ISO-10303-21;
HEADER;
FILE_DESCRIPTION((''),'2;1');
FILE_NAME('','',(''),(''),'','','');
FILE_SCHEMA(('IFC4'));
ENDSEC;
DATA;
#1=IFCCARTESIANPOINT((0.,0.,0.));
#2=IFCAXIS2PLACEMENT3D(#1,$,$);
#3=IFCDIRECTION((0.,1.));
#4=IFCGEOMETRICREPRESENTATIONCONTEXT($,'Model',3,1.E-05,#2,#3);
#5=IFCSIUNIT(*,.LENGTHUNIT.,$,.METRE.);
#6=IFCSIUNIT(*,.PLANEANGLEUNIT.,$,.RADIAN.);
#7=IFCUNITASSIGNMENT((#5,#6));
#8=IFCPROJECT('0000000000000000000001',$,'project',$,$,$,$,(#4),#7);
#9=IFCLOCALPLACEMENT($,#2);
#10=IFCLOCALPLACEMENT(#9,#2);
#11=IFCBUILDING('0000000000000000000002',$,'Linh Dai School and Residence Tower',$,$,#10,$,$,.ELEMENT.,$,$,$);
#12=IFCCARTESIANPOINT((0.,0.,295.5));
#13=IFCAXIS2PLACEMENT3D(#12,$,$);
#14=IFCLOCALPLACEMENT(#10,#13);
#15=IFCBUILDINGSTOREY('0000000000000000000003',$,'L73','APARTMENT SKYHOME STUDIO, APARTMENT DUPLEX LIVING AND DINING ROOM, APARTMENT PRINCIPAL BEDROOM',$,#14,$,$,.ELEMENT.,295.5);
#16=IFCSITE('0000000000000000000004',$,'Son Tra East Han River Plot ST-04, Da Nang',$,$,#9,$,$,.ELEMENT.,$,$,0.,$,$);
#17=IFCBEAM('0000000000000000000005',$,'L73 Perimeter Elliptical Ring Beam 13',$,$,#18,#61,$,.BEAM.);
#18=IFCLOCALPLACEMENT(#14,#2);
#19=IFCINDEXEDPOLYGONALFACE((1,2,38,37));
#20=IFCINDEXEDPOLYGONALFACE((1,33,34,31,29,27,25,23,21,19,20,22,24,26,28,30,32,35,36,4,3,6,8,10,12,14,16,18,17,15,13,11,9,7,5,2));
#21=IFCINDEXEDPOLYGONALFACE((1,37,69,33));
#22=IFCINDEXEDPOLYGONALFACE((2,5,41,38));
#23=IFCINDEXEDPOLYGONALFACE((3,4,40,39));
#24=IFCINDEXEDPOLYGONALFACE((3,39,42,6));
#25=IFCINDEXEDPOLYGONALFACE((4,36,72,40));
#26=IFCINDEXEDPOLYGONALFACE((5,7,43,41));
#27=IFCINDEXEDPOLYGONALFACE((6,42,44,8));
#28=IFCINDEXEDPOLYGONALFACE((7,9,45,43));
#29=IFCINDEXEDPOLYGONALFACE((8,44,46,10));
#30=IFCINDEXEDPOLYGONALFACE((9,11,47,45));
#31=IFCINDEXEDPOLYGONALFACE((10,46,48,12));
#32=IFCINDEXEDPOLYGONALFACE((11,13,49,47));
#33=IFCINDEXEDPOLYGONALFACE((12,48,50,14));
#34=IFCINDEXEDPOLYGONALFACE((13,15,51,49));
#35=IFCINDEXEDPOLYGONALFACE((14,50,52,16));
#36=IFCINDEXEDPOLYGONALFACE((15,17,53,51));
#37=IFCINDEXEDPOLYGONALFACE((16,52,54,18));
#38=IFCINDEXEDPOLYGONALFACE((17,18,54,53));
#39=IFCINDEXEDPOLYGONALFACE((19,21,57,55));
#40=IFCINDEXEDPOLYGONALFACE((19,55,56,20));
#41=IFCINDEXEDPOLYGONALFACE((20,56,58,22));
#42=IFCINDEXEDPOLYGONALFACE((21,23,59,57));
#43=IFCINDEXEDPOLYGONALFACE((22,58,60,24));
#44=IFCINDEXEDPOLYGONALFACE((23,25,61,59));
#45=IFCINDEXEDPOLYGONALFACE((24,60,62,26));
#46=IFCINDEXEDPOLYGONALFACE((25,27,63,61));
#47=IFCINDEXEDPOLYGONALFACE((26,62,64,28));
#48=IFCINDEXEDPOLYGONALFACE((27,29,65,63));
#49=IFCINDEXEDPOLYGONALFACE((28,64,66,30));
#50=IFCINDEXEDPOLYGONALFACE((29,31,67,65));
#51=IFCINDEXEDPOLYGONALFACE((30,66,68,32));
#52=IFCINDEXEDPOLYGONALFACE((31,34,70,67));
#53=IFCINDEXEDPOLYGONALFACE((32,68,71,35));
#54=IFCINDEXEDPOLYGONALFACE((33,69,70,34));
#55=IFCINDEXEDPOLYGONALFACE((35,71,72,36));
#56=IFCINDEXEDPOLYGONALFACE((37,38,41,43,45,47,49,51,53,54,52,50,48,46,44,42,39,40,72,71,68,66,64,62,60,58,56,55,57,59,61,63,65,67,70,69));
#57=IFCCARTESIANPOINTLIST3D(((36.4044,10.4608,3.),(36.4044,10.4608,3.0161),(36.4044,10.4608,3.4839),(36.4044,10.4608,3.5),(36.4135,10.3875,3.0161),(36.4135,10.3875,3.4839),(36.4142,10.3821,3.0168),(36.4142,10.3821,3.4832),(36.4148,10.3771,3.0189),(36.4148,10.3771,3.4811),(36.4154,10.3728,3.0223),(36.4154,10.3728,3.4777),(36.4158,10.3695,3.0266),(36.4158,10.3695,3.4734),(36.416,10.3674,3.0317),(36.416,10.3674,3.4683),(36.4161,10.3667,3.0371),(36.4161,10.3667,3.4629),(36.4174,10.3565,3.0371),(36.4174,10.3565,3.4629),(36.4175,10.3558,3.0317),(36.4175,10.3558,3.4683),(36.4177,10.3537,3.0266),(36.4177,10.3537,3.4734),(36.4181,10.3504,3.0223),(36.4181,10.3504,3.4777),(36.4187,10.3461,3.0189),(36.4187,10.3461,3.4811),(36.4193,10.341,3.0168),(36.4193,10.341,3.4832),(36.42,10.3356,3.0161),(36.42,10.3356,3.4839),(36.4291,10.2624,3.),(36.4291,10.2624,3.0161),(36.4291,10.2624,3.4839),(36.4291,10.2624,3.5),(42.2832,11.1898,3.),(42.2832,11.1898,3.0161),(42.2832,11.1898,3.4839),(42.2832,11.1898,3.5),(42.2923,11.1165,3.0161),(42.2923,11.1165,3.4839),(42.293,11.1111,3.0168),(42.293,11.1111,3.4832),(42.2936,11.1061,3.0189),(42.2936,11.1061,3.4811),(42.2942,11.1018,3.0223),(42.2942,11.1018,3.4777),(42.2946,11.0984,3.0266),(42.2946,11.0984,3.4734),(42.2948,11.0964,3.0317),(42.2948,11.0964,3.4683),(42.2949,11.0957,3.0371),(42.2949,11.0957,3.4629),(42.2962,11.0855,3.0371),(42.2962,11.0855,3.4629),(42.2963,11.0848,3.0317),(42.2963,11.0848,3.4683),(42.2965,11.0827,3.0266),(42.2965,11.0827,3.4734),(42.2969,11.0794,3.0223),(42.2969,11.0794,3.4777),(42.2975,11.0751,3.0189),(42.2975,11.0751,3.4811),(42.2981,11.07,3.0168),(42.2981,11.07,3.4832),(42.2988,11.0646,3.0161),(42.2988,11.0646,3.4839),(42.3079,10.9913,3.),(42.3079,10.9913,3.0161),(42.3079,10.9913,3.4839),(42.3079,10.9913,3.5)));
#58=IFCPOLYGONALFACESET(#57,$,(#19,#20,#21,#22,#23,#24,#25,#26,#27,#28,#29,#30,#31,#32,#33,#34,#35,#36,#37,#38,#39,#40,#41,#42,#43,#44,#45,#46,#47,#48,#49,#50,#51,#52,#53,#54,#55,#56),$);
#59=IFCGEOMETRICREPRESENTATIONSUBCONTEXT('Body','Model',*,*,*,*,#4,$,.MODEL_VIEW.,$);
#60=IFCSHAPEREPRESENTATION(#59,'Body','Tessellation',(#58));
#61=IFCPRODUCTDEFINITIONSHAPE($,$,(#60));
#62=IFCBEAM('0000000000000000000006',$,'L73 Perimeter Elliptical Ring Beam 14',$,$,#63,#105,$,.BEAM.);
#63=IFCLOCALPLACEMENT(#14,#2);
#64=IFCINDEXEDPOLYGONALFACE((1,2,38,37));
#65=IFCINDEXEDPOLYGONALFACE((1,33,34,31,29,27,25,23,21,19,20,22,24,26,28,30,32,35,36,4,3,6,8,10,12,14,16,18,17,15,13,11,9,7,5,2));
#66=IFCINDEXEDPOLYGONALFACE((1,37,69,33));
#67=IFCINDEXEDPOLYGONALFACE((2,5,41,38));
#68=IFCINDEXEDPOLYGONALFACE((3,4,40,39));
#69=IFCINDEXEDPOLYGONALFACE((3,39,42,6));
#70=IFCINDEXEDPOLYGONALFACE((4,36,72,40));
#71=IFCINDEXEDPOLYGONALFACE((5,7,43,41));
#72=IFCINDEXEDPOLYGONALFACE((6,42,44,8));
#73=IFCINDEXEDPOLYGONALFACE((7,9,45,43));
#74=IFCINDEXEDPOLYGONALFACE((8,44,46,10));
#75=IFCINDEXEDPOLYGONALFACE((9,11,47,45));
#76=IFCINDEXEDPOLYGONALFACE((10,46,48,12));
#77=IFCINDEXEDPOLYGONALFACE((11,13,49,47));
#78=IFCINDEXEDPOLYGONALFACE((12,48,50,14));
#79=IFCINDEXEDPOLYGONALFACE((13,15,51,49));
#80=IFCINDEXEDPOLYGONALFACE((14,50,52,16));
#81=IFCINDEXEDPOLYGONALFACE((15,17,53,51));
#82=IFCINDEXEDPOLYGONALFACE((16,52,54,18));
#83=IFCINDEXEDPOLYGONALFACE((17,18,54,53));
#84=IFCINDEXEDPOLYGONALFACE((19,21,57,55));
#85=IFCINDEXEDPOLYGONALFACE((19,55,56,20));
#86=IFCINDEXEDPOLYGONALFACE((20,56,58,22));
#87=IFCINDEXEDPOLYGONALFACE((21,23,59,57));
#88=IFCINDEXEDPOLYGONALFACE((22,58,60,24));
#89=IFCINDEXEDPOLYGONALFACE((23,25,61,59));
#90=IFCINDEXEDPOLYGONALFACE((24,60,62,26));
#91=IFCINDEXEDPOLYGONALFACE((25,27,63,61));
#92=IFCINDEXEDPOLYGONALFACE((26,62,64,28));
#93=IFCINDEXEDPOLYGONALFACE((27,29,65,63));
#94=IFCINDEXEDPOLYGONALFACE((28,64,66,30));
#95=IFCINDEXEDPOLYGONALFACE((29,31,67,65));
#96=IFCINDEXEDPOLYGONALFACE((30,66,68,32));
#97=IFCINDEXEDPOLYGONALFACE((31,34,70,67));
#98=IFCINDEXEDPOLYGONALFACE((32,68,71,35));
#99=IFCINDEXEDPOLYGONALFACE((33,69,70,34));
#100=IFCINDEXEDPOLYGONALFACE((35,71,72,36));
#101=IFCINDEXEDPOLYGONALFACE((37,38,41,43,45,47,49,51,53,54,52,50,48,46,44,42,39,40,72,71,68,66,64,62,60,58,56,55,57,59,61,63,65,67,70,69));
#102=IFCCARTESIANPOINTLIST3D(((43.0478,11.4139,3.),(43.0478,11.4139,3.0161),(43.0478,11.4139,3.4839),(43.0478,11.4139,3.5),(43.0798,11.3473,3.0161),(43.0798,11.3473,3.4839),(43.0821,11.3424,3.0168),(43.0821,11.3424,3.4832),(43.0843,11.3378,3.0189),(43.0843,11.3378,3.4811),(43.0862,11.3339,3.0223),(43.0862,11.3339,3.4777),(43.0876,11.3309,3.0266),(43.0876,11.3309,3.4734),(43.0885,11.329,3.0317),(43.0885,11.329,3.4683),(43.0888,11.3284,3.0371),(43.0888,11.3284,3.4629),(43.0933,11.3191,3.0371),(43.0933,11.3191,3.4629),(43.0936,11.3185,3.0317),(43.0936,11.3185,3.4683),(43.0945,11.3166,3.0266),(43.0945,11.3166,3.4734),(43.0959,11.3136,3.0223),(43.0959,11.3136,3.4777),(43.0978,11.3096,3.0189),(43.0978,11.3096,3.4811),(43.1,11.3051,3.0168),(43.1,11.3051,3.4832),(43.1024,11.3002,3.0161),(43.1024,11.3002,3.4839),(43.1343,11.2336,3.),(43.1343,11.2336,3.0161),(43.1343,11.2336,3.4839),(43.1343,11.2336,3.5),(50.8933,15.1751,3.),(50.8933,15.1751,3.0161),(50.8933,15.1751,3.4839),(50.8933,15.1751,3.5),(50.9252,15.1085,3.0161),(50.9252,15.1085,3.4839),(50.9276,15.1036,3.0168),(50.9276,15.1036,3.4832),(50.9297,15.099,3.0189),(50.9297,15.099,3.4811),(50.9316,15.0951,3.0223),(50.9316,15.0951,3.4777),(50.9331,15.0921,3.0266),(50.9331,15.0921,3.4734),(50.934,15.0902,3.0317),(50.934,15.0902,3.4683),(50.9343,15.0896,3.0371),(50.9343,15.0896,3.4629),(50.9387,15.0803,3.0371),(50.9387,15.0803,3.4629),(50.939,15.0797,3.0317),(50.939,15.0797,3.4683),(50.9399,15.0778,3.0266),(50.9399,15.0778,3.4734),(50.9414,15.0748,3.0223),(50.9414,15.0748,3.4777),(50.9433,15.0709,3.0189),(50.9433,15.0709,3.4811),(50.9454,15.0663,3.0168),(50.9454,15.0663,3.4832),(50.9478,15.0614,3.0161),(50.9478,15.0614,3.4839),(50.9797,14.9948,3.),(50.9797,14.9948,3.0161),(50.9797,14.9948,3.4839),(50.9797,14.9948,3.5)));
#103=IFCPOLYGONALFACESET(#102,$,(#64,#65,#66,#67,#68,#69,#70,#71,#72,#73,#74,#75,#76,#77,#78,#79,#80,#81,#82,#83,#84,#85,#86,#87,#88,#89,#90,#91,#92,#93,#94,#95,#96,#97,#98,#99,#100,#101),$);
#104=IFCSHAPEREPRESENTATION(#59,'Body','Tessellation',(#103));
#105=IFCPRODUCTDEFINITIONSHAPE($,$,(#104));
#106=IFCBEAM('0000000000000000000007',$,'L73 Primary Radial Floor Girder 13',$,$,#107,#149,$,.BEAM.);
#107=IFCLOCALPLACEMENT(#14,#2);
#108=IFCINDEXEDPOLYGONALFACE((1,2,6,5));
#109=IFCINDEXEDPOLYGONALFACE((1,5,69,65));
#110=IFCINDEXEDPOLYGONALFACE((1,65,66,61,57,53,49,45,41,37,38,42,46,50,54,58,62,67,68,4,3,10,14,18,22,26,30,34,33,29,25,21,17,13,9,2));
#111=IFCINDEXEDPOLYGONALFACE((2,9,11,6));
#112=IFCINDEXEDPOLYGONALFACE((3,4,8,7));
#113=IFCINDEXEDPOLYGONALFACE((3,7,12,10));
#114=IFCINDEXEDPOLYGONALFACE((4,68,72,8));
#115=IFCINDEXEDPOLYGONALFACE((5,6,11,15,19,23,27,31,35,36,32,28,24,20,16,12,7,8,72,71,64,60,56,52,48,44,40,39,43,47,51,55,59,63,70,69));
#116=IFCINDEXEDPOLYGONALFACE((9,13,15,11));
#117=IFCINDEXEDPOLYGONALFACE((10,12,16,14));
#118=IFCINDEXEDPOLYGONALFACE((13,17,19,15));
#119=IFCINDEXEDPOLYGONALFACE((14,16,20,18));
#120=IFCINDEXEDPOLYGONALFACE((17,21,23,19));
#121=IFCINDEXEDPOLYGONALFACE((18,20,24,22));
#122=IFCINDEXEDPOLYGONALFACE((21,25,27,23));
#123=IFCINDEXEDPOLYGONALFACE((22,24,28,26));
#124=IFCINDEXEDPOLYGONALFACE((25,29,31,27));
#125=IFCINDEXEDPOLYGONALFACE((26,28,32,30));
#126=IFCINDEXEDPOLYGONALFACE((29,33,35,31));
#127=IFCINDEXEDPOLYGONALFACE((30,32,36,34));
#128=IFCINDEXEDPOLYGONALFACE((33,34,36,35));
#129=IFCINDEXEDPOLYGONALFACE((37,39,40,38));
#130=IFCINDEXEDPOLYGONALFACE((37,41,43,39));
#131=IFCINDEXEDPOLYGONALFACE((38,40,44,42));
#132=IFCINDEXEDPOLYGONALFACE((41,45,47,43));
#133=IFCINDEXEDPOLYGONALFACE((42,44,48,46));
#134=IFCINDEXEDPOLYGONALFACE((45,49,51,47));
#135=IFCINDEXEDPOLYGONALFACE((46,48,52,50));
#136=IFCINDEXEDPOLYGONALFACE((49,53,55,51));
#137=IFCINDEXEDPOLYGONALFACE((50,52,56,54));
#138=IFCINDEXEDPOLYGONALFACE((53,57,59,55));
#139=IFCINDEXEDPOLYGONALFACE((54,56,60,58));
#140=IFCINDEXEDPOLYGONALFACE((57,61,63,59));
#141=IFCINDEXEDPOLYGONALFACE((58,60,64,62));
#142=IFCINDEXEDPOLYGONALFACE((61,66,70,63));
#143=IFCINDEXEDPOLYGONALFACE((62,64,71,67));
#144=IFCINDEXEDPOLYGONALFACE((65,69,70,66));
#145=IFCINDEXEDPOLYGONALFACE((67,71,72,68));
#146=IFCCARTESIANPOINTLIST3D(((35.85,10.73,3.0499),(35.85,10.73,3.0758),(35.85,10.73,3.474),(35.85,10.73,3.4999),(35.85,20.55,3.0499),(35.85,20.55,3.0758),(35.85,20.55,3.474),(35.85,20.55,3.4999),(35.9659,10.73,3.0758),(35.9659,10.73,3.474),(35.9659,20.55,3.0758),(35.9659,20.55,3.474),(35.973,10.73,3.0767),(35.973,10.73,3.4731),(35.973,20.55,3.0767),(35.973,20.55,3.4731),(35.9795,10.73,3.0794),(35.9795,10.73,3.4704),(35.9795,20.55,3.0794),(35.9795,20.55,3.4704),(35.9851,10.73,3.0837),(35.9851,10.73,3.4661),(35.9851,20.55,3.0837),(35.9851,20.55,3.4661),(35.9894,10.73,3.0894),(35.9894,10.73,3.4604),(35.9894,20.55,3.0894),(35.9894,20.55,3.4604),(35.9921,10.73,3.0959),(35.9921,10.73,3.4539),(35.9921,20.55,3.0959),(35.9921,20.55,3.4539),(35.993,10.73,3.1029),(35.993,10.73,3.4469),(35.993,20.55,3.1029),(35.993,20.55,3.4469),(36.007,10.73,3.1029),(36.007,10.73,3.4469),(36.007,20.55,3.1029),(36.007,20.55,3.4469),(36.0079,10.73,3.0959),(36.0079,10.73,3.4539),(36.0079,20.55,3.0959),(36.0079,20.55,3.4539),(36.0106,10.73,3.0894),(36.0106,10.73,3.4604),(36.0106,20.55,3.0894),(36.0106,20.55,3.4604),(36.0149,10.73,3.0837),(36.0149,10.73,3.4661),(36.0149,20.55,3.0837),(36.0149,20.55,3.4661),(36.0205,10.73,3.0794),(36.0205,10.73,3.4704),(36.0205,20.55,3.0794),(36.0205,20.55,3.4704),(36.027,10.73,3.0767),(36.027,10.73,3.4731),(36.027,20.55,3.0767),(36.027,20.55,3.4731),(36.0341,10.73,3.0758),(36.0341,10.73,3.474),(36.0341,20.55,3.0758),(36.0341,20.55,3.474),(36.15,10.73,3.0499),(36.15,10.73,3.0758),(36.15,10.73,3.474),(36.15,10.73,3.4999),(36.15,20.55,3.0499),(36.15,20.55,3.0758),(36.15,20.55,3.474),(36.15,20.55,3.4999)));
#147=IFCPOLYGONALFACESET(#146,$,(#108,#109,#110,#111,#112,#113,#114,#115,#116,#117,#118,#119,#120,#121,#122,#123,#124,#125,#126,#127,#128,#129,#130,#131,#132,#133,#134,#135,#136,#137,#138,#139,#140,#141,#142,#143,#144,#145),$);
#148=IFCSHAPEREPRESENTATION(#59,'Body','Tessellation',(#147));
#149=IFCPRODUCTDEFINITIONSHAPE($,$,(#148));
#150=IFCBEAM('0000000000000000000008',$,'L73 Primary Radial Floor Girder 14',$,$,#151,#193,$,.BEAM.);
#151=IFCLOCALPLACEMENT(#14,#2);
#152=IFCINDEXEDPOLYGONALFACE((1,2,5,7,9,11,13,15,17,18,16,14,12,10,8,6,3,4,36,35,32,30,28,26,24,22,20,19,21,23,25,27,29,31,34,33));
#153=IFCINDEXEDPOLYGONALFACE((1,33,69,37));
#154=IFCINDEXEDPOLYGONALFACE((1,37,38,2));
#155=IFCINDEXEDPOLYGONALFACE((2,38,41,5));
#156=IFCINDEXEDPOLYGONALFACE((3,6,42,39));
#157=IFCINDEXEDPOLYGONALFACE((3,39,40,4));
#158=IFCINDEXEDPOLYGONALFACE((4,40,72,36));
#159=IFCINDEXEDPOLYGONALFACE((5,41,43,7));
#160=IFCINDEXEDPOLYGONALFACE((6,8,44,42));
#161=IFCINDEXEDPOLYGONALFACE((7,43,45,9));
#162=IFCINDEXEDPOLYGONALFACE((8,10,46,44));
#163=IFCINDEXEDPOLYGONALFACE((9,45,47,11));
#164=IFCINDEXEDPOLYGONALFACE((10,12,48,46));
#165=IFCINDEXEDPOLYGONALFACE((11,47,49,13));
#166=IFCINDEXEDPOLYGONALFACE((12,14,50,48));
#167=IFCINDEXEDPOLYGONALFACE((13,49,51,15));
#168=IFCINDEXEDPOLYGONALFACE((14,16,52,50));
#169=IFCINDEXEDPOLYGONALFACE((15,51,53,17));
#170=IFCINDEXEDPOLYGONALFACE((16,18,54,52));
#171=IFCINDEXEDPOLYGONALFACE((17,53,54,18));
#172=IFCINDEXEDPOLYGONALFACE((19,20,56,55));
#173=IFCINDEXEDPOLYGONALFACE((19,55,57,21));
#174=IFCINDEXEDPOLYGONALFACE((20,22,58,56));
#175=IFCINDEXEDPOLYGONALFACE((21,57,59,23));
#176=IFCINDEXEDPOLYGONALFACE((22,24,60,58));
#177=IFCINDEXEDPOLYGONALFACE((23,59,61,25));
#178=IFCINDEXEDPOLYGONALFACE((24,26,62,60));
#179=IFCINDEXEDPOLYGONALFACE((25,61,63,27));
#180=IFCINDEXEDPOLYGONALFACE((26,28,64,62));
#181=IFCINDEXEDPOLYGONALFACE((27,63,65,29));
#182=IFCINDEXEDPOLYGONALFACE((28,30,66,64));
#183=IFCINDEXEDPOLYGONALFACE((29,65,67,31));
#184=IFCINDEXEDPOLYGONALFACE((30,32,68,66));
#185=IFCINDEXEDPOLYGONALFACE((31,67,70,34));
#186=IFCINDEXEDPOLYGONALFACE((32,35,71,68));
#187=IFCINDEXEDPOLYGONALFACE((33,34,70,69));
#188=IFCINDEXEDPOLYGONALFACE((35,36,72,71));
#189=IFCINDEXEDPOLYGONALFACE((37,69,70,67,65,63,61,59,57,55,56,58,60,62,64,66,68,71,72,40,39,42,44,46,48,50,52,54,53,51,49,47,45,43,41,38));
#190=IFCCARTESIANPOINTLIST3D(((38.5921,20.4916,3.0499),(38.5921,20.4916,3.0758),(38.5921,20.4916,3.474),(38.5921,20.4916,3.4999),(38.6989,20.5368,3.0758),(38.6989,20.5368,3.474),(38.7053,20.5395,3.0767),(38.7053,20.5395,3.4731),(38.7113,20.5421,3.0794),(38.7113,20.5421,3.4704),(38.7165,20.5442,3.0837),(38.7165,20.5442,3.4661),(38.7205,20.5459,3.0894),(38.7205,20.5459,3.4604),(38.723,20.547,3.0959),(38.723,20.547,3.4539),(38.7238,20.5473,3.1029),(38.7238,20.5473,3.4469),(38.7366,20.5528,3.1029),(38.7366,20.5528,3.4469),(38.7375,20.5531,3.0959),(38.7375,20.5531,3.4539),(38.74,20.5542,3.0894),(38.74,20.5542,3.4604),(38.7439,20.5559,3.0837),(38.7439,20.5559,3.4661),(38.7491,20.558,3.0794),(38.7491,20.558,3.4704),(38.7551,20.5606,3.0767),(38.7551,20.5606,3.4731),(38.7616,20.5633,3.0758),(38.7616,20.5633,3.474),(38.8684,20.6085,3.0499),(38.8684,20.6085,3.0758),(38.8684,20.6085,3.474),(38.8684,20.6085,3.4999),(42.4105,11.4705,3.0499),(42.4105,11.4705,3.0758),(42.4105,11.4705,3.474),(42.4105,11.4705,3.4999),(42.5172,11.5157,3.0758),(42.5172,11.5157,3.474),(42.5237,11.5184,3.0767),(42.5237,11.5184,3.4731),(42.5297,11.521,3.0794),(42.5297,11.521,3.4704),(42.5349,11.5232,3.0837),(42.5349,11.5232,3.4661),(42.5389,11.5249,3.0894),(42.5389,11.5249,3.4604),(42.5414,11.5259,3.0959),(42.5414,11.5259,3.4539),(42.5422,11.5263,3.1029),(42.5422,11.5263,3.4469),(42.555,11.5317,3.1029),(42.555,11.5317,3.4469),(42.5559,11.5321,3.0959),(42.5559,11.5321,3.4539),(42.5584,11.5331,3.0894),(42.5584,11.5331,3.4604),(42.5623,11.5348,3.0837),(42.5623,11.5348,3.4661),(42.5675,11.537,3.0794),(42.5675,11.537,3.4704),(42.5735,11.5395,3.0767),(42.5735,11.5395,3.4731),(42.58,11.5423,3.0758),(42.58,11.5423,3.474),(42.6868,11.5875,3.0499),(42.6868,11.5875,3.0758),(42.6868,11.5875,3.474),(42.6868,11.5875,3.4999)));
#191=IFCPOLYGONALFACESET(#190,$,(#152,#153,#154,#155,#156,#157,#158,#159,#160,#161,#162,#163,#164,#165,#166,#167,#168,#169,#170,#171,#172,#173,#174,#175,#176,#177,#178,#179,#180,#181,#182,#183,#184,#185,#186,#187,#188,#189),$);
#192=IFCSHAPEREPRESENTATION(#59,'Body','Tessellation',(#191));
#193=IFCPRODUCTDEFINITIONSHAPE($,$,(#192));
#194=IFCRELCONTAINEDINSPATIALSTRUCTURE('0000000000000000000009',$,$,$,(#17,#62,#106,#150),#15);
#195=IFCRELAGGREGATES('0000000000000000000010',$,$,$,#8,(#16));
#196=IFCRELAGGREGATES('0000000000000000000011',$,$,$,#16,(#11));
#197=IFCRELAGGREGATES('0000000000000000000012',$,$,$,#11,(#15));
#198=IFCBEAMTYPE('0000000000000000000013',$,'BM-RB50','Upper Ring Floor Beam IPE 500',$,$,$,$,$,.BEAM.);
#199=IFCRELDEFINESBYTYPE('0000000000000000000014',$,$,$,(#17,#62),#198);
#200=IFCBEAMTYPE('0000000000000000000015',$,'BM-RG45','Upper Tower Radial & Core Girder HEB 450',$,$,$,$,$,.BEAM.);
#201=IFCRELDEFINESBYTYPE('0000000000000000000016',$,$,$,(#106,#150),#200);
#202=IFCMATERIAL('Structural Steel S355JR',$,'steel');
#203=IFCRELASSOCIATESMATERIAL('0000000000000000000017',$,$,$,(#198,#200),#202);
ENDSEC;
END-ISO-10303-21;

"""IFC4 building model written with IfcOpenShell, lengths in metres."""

from ifc_helpers import new_model, si_unit, direction, frame, origin, origin_2d, place, context, subcontext, project, spatial, i_section, extrude, material, material_profile, profile_set, type_object, element, save


model = new_model("IFC4")

# Units and contexts
model_context = context("Model", 3, precision=1e-05, world=origin(), true_north=direction((0.0, 1.0)))
body_context = subcontext(model_context, "Body", "Model", "MODEL_VIEW")
ifc_project = project(units=[si_unit("LENGTHUNIT", "METRE"), si_unit("PLANEANGLEUNIT", "RADIAN")], contexts=[model_context])

# Site, building, storey
site_placement = place(None, origin())
site = spatial("IfcSite", under=ifc_project, at=site_placement, Name="Son Tra East Han River Plot ST-04, Da Nang", CompositionType="ELEMENT", RefElevation=0.0)
building_placement = place(site_placement, origin())
building = spatial("IfcBuilding", under=site, at=building_placement, Name="Linh Dai School and Residence Tower", CompositionType="ELEMENT")
storey_placement = place(building_placement, frame((0.0, 0.0, 295.5)))
storey = spatial("IfcBuildingStorey", under=building, at=storey_placement, Name="L73", Description="APARTMENT SKYHOME STUDIO, APARTMENT DUPLEX LIVING AND DINING ROOM, APARTMENT PRINCIPAL BEDROOM", CompositionType="ELEMENT", Elevation=295.5)

# Shared definitions
ifc_material_1 = material(Name="Structural Steel S355JR", Category="steel")

# Beams
ifc_material_profile_1 = material_profile(ifc_material_1, i_section(OverallWidth=0.2, OverallDepth=0.5, WebThickness=0.0103, FlangeThickness=0.0161, FilletRadius=0.021, at=origin_2d()), Name="IPE 500")
ifc_profile_set_1 = profile_set([ifc_material_profile_1], Name="Structural Steel S355JR")
beam_type_1 = type_object("IfcBeamType", Name="BM-RB50", Description="Upper Ring Floor Beam IPE 500", PredefinedType="BEAM", material=ifc_profile_set_1)
beam_1_placement = place(storey_placement, frame((36.4167, 10.3616, 3.25), z_axis=(0.992399, 0.123061, 0.0), x_axis=(-0.123061, 0.992399, 0.0)))
element("IfcBeam", 1, at=beam_1_placement, inside=storey, type_object=beam_type_1, Name="L73 Perimeter Elliptical Ring Beam 13", PredefinedType="BEAM", context=body_context, shape_type="SweptSolid", body=[
    extrude(i_section(OverallWidth=0.2, OverallDepth=0.5, WebThickness=0.0103, FlangeThickness=0.0161, FilletRadius=0.021, at=origin_2d()), origin(), (0.0, 0.0, 1.0), 5.9238),
])
beam_2_placement = place(storey_placement, frame((43.0911, 11.3237, 3.25), z_axis=(0.901729, 0.432302, 0.0), x_axis=(-0.432302, 0.901729, 0.0)))
element("IfcBeam", 2, at=beam_2_placement, inside=storey, type_object=beam_type_1, Name="L73 Perimeter Elliptical Ring Beam 14", PredefinedType="BEAM", context=body_context, shape_type="SweptSolid", body=[
    extrude(i_section(OverallWidth=0.2, OverallDepth=0.5, WebThickness=0.0103, FlangeThickness=0.0161, FilletRadius=0.021, at=origin_2d()), origin(), (0.0, 0.0, 1.0), 8.7004),
])
ifc_material_profile_2 = material_profile(ifc_material_1, i_section(OverallWidth=0.3, OverallDepth=0.45, WebThickness=0.0139, FlangeThickness=0.0259, FilletRadius=0.0271, at=origin_2d()), Name="HEB 450")
ifc_profile_set_2 = profile_set([ifc_material_profile_2], Name="Structural Steel S355JR")
beam_type_2 = type_object("IfcBeamType", Name="BM-RG45", Description="Upper Tower Radial & Core Girder HEB 450", PredefinedType="BEAM", material=ifc_profile_set_2)
beam_3_placement = place(storey_placement, frame((36.0, 20.55, 3.2749), z_axis=(0.0, -1.0, 0.0), x_axis=(1.0, 0.0, 0.0)))
element("IfcBeam", 3, at=beam_3_placement, inside=storey, type_object=beam_type_2, Name="L73 Primary Radial Floor Girder 13", PredefinedType="BEAM", context=body_context, shape_type="SweptSolid", body=[
    extrude(i_section(OverallWidth=0.3, OverallDepth=0.45, WebThickness=0.0139, FlangeThickness=0.0259, FilletRadius=0.0271, at=origin_2d()), origin(), (0.0, 0.0, 1.0), 9.8201),
])
beam_4_placement = place(storey_placement, frame((38.7302, 20.55, 3.2749), z_axis=(0.389794, -0.920902, 0.0), x_axis=(0.920902, 0.389794, 0.0)))
element("IfcBeam", 4, at=beam_4_placement, inside=storey, type_object=beam_type_2, Name="L73 Primary Radial Floor Girder 14", PredefinedType="BEAM", context=body_context, shape_type="SweptSolid", body=[
    extrude(i_section(OverallWidth=0.3, OverallDepth=0.45, WebThickness=0.0139, FlangeThickness=0.0259, FilletRadius=0.0271, at=origin_2d()), origin(), (0.0, 0.0, 1.0), 9.7959),
])

save(model, "model.ifc")
